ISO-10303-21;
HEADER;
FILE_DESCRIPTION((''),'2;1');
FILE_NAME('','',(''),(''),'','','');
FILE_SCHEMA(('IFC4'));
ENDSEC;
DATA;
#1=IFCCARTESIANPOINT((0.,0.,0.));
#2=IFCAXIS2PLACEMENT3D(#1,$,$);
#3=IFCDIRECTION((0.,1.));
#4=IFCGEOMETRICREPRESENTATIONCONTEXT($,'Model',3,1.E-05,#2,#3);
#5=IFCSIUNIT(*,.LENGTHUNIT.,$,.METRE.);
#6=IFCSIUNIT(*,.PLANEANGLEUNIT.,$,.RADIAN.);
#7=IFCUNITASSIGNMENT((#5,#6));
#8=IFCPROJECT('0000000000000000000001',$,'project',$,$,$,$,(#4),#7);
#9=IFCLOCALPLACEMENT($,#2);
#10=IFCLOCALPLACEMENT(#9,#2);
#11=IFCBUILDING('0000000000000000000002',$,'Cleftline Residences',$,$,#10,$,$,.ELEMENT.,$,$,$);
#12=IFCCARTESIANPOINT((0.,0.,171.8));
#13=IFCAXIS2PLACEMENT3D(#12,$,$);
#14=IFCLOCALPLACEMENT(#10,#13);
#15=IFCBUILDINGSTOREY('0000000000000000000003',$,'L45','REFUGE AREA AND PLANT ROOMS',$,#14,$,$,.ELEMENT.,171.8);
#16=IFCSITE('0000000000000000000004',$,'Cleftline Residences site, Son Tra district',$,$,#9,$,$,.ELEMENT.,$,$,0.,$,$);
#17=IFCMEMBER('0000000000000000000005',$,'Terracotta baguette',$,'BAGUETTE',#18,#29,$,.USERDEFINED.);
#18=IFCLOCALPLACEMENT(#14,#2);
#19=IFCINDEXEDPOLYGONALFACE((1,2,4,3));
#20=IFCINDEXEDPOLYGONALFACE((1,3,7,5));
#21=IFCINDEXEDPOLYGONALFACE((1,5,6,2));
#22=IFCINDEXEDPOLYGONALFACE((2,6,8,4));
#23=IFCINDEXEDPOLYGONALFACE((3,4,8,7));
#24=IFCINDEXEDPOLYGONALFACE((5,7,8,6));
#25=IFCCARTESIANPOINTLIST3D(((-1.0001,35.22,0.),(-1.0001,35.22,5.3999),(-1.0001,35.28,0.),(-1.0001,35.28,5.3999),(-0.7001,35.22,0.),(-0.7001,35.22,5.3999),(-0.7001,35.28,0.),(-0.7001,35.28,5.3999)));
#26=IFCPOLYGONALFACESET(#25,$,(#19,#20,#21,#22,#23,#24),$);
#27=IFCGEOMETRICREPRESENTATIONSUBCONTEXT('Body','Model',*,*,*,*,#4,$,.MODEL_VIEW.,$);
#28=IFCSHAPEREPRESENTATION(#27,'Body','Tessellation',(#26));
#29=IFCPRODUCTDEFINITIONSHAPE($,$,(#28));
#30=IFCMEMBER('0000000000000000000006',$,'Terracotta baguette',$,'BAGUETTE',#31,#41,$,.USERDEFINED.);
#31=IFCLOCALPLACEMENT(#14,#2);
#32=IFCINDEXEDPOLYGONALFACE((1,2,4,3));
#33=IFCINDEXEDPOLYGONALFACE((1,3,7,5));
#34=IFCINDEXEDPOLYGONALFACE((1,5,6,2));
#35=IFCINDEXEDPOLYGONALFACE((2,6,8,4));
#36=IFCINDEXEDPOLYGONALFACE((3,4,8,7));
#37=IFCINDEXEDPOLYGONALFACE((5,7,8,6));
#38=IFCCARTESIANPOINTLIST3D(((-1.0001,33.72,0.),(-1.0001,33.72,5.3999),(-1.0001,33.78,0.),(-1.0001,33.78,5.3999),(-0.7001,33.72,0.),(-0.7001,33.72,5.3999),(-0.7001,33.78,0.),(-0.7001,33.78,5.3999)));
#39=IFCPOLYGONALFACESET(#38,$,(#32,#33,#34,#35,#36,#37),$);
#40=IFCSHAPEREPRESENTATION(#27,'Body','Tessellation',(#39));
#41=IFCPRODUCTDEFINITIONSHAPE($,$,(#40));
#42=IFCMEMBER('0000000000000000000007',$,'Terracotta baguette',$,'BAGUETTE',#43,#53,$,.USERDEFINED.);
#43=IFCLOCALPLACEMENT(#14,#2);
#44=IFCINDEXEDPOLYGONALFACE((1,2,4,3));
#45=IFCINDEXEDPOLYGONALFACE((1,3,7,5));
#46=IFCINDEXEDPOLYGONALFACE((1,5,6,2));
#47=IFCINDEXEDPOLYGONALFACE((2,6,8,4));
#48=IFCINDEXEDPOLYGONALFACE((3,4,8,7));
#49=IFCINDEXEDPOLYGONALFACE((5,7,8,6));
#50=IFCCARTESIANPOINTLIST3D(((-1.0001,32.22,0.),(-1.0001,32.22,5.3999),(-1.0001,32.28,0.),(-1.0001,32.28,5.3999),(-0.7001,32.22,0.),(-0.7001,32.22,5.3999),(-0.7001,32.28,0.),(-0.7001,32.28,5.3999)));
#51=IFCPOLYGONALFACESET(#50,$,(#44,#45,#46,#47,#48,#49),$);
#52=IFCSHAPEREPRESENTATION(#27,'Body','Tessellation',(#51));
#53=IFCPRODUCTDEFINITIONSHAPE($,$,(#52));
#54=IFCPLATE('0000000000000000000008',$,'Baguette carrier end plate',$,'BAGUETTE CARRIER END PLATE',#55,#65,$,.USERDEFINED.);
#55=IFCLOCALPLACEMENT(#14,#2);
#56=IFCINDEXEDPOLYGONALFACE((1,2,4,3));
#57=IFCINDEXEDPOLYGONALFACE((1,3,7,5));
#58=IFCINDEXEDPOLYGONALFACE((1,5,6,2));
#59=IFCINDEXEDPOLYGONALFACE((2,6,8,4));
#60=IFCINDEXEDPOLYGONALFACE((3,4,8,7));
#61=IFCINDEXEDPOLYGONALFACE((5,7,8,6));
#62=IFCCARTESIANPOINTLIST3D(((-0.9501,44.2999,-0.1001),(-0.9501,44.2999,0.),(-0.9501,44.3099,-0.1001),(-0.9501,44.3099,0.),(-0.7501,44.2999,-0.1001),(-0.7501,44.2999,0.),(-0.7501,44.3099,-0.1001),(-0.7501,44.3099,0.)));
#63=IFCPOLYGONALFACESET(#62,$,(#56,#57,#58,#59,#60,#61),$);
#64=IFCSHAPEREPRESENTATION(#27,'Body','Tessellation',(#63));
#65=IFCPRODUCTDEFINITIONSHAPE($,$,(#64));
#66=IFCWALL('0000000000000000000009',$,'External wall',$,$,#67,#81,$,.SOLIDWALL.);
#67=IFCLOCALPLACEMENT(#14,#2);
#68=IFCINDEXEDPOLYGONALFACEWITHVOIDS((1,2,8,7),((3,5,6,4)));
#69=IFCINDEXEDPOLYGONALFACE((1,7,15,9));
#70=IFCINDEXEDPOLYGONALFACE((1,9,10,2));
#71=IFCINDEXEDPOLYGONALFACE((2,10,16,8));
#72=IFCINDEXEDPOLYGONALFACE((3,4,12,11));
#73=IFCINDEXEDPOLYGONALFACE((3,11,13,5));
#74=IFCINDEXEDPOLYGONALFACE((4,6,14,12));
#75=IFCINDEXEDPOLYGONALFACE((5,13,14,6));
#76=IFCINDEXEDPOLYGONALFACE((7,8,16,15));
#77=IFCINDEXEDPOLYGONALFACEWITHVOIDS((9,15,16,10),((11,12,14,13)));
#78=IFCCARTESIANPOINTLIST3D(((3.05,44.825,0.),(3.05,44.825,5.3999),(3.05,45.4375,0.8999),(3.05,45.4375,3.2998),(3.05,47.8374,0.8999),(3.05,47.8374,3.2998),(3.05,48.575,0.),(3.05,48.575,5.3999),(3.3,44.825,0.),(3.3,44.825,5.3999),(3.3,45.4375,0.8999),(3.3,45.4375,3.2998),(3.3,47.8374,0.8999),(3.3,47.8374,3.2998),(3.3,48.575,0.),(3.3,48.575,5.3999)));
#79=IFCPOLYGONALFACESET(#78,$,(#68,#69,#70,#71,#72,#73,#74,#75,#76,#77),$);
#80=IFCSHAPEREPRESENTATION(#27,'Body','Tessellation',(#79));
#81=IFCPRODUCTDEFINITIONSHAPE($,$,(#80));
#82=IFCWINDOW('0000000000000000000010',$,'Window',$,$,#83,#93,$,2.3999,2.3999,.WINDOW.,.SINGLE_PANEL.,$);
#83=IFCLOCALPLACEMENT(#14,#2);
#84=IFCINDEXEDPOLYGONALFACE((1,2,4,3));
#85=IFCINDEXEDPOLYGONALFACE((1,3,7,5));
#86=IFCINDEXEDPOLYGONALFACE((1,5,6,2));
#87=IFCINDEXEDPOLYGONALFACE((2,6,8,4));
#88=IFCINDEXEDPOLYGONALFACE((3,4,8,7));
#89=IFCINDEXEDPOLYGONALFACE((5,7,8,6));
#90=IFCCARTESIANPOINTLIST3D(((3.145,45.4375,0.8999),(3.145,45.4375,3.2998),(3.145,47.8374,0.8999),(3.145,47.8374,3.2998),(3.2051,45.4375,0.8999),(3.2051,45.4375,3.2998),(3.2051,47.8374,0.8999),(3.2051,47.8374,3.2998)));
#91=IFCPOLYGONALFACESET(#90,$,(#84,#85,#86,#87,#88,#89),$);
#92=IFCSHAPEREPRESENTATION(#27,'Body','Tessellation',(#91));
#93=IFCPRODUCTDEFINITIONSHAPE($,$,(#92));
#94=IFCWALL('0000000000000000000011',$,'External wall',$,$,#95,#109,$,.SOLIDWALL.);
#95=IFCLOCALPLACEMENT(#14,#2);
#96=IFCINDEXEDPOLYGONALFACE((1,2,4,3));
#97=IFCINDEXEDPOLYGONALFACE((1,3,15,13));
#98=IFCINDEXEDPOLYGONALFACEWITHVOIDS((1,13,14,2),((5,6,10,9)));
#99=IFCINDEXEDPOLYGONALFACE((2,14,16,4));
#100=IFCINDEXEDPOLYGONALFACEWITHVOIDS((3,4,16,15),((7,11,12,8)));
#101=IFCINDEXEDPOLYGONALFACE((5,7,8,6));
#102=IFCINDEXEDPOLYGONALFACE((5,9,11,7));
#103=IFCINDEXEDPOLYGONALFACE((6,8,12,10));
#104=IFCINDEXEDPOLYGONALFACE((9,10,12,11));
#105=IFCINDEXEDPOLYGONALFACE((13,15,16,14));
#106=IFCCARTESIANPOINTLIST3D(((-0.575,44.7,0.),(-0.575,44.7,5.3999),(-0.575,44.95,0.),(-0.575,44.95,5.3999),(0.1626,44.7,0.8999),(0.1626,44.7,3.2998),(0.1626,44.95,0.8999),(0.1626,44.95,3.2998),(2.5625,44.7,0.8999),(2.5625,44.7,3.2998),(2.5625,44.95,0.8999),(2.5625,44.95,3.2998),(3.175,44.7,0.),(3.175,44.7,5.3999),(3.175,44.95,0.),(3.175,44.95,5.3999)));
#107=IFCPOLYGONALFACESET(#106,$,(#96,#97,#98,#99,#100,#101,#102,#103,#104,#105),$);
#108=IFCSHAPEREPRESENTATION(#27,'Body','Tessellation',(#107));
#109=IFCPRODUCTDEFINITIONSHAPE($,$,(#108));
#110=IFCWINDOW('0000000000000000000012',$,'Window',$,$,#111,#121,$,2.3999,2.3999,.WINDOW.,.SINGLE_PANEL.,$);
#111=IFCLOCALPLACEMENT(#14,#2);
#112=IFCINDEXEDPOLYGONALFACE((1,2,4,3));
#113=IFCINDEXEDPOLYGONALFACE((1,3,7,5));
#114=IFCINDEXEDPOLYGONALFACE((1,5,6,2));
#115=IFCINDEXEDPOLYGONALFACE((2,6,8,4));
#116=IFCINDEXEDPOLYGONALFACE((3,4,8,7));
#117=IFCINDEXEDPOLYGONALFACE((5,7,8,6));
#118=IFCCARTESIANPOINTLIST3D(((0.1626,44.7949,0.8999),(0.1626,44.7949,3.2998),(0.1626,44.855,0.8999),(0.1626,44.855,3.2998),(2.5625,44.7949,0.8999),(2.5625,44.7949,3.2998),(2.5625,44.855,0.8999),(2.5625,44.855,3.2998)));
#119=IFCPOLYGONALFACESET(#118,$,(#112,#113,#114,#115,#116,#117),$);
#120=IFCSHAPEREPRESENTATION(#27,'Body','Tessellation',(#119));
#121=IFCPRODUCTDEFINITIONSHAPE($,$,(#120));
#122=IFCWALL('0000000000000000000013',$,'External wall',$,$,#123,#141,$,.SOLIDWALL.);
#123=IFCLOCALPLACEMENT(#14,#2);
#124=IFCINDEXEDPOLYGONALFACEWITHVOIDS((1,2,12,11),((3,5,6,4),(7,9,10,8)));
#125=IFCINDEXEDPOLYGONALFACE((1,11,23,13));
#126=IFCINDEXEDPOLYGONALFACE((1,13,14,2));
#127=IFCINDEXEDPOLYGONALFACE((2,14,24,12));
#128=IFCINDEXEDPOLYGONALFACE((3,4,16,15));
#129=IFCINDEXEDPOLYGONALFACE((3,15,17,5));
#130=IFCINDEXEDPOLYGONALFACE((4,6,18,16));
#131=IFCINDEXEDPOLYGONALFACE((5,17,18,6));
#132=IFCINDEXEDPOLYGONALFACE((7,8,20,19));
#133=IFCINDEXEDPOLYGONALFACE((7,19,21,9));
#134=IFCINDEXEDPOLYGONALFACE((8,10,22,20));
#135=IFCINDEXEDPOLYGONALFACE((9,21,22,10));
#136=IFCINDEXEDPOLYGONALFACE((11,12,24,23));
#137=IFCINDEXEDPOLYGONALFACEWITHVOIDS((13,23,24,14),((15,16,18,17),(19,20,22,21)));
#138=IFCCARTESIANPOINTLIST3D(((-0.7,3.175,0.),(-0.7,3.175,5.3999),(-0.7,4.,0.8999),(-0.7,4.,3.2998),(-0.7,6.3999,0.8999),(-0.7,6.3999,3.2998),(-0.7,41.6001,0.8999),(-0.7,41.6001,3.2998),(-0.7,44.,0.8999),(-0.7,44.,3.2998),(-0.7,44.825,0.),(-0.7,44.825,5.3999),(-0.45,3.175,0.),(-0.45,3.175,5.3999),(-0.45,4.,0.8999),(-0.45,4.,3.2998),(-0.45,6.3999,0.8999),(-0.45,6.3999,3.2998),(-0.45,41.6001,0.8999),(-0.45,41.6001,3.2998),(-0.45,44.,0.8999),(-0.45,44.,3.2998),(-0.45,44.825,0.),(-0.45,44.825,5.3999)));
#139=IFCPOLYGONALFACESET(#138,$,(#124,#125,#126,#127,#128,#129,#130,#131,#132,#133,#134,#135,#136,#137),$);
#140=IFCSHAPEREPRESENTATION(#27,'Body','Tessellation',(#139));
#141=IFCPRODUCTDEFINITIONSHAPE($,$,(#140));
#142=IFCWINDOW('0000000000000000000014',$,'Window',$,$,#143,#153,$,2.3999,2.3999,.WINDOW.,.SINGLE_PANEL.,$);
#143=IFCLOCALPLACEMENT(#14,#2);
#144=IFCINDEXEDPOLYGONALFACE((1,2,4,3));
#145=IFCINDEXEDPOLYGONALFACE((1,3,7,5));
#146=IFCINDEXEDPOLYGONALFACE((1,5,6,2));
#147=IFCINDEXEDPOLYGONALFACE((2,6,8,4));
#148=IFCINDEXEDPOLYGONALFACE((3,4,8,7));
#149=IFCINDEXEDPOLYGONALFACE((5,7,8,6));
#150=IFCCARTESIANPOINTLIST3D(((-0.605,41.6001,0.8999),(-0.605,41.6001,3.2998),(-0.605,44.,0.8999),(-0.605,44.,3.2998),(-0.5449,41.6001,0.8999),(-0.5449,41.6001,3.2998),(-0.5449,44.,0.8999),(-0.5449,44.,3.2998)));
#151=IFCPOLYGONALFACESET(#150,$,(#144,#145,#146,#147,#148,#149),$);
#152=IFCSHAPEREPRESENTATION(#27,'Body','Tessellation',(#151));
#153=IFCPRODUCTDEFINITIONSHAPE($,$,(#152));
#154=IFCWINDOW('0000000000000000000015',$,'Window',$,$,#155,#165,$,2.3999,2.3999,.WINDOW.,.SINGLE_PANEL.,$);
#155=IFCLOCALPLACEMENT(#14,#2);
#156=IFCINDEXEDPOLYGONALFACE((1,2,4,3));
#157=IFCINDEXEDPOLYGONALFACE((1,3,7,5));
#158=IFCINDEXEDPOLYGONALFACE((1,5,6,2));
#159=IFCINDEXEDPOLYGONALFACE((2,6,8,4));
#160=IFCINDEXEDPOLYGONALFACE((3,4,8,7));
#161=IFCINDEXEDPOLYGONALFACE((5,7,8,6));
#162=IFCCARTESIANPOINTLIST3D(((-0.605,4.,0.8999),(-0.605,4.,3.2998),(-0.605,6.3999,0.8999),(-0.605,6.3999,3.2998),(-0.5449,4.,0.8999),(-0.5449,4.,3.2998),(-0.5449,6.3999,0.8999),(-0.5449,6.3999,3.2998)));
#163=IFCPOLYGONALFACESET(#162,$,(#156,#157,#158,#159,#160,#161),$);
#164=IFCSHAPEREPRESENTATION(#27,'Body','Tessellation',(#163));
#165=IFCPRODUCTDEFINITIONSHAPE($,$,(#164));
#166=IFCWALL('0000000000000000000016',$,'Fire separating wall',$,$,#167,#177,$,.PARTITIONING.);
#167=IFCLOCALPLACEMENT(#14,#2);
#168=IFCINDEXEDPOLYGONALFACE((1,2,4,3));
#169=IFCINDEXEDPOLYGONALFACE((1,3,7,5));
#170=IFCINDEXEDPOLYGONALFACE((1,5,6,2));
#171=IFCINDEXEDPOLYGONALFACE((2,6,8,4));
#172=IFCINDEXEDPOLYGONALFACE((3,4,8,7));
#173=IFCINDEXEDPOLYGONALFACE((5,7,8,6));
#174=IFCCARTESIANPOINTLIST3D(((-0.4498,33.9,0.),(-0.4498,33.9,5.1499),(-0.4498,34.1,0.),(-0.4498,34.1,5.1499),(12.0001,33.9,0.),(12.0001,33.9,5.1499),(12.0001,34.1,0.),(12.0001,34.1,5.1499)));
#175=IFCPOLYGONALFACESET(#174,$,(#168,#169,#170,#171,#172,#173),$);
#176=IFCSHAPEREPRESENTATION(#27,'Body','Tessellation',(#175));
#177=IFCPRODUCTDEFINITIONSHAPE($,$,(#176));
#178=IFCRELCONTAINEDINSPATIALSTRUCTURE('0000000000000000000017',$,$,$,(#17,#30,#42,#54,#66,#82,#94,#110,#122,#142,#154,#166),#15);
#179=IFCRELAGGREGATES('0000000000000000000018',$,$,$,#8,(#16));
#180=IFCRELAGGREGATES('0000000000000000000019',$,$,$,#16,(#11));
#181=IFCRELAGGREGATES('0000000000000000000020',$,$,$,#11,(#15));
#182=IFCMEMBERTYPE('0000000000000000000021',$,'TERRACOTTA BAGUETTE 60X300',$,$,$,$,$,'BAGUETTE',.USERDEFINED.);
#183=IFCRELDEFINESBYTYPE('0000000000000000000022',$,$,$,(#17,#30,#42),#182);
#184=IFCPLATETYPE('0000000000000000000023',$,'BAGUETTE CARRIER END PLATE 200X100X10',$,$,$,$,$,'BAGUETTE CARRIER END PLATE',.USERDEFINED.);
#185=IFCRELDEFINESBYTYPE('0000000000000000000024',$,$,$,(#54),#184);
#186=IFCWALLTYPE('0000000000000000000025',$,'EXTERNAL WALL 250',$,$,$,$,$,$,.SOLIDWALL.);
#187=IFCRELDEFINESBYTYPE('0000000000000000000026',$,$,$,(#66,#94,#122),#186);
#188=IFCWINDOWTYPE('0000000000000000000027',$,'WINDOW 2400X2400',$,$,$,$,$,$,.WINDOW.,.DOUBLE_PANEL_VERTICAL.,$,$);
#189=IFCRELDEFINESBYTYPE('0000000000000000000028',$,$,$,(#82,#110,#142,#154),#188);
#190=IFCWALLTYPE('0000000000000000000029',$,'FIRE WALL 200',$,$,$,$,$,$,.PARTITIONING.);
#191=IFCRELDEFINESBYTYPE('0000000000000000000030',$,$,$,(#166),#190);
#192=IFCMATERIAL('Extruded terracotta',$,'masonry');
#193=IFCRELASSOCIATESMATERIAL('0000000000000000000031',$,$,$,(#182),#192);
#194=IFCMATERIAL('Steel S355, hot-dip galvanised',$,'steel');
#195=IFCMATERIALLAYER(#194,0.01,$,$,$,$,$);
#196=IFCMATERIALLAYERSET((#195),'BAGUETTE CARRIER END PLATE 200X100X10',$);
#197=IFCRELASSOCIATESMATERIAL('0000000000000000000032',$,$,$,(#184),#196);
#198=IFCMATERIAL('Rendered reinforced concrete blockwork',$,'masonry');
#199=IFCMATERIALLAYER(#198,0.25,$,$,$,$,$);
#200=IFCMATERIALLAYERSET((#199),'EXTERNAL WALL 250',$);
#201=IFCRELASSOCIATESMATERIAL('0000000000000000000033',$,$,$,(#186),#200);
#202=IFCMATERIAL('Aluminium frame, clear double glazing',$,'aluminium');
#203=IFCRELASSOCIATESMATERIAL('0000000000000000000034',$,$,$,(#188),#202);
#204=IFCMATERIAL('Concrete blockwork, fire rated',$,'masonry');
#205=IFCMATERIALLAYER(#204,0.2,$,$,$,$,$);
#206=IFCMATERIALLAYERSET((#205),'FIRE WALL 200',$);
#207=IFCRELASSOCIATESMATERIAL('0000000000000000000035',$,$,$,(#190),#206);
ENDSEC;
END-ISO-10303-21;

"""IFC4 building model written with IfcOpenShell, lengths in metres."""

from ifc_helpers import new_model, si_unit, direction, frame, frame_2d, origin, origin_2d, place, context, subcontext, project, spatial, rectangle, extrude, material, layer, layer_set, material_profile, profile_set, type_object, element, fill, save


model = new_model("IFC4")

# Units and contexts
model_context = context("Model", 3, precision=1e-05, world=origin(), true_north=direction((0.0, 1.0)))
body_context = subcontext(model_context, "Body", "Model", "MODEL_VIEW")
ifc_project = project(units=[si_unit("LENGTHUNIT", "METRE"), si_unit("PLANEANGLEUNIT", "RADIAN")], contexts=[model_context])

# Site, building, storey
site_placement = place(None, origin())
site = spatial("IfcSite", under=ifc_project, at=site_placement, Name="Cleftline Residences site, Son Tra district", CompositionType="ELEMENT", RefElevation=0.0)
building_placement = place(site_placement, origin())
building = spatial("IfcBuilding", under=site, at=building_placement, Name="Cleftline Residences", CompositionType="ELEMENT")
storey_placement = place(building_placement, frame((0.0, 0.0, 171.8)))
storey = spatial("IfcBuildingStorey", under=building, at=storey_placement, Name="L45", Description="REFUGE AREA AND PLANT ROOMS", CompositionType="ELEMENT", Elevation=171.8)

# Members
ifc_material_1 = material(Name="Extruded terracotta", Category="masonry")
ifc_material_profile_1 = material_profile(ifc_material_1, rectangle(XDim=0.0601, YDim=0.3, at=origin_2d()))
ifc_profile_set_1 = profile_set([ifc_material_profile_1], Name="Extruded terracotta")
member_type_1 = type_object("IfcMemberType", Name="TERRACOTTA BAGUETTE 60X300", ElementType="BAGUETTE", PredefinedType="USERDEFINED", material=ifc_profile_set_1)
for number, where, z_axis, x_axis, name in (
    (1, (-0.8501, 35.25, 0.0), (0.0, 0.0, 1.0), (0.0, 1.0, 0.0), "Terracotta baguette"),
    (2, (-0.8501, 33.75, 0.0), (0.0, 0.0, 1.0), (0.0, 1.0, 0.0), "Terracotta baguette"),
    (3, (-0.8501, 32.25, 0.0), (0.0, 0.0, 1.0), (0.0, 1.0, 0.0), "Terracotta baguette"),
):
    element("IfcMember", number, at=place(storey_placement, frame(where, z_axis=z_axis, x_axis=x_axis)), inside=storey, type_object=member_type_1, Name=name, ObjectType="BAGUETTE", PredefinedType="USERDEFINED", context=body_context, shape_type="SweptSolid", body=[
        extrude(rectangle(XDim=0.0601, YDim=0.3, at=origin_2d()), origin(), (0.0, 0.0, 1.0), 5.3999),
    ])

# Plate
ifc_material_2 = material(Name="Steel S355, hot-dip galvanised", Category="steel")
ifc_layer_1 = layer(ifc_material_2, 0.01)
ifc_layer_set_1 = layer_set([ifc_layer_1], Name="BAGUETTE CARRIER END PLATE 200X100X10")
plate_type = type_object("IfcPlateType", Name="BAGUETTE CARRIER END PLATE 200X100X10", ElementType="BAGUETTE CARRIER END PLATE", PredefinedType="USERDEFINED", material=ifc_layer_set_1)
plate_placement = place(storey_placement, frame((-0.8501, 44.3049, -0.1001), z_axis=(0.0, 0.0, 1.0), x_axis=(-1.0, 0.0, 0.0)))
element("IfcPlate", 4, at=plate_placement, inside=storey, type_object=plate_type, Name="Baguette carrier end plate", ObjectType="BAGUETTE CARRIER END PLATE", PredefinedType="USERDEFINED", context=body_context, shape_type="SweptSolid", body=[
    extrude(rectangle(XDim=0.2, YDim=0.01, at=origin_2d()), origin(), (0.0, 0.0, 1.0), 0.1001),
])

# Walls, openings, windows
ifc_material_3 = material(Name="Rendered reinforced concrete blockwork", Category="masonry")
ifc_layer_2 = layer(ifc_material_3, 0.25)
ifc_layer_set_2 = layer_set([ifc_layer_2], Name="EXTERNAL WALL 250")
wall_type_1 = type_object("IfcWallType", Name="EXTERNAL WALL 250", PredefinedType="SOLIDWALL", material=ifc_layer_set_2)
wall_1_placement = place(storey_placement, frame((3.175, 48.575, 0.0), z_axis=(0.0, 0.0, 1.0), x_axis=(0.0, -1.0, 0.0)))
wall_1 = element("IfcWall", 5, at=wall_1_placement, inside=storey, type_object=wall_type_1, Name="External wall", PredefinedType="SOLIDWALL", context=body_context, shape_type="SweptSolid", body=[
    extrude(rectangle(XDim=3.75, YDim=0.25, at=frame_2d((1.875, 0.0))), origin(), (0.0, 0.0, 1.0), 5.3999),
])
opening_1_placement = place(wall_1_placement, frame((0.7375, 0.0, 0.8999)))
opening_1 = element("IfcOpeningElement", 6, at=opening_1_placement, cuts=wall_1, PredefinedType="OPENING", context=body_context, shape_type="SweptSolid", body=[
    extrude(rectangle(XDim=2.3999, YDim=2.3999, at=frame_2d((1.2, 1.2))), frame((0.0, 0.135, 0.0), z_axis=(0.0, -1.0, 0.0), x_axis=(1.0, 0.0, 0.0)), (0.0, 0.0, 1.0), 0.27),
])
ifc_material_4 = material(Name="Aluminium frame, clear double glazing", Category="aluminium")
window_type = type_object("IfcWindowType", Name="WINDOW 2400X2400", PartitioningType="DOUBLE_PANEL_VERTICAL", PredefinedType="WINDOW", material=ifc_material_4)
window_1_placement = place(opening_1_placement, origin())
window_1 = element("IfcWindow", 7, at=window_1_placement, inside=storey, type_object=window_type, Name="Window", OverallHeight=2.3999, OverallWidth=2.3999, PartitioningType="SINGLE_PANEL", PredefinedType="WINDOW", context=body_context, shape_type="SweptSolid", body=[
    extrude(rectangle(XDim=2.3999, YDim=2.3999, at=frame_2d((1.2, 1.2))), frame((0.0, 0.03, 0.0), z_axis=(0.0, -1.0, 0.0), x_axis=(1.0, 0.0, 0.0)), (0.0, 0.0, 1.0), 0.0601),
])
fill(opening_1, window_1)
wall_2_placement = place(storey_placement, frame((3.175, 44.825, 0.0), z_axis=(0.0, 0.0, 1.0), x_axis=(-1.0, 0.0, 0.0)))
wall_2 = element("IfcWall", 8, at=wall_2_placement, inside=storey, type_object=wall_type_1, Name="External wall", PredefinedType="SOLIDWALL", context=body_context, shape_type="SweptSolid", body=[
    extrude(rectangle(XDim=3.75, YDim=0.25, at=frame_2d((1.875, 0.0))), origin(), (0.0, 0.0, 1.0), 5.3999),
])
opening_2_placement = place(wall_2_placement, frame((0.6125, 0.0, 0.8999)))
opening_2 = element("IfcOpeningElement", 9, at=opening_2_placement, cuts=wall_2, PredefinedType="OPENING", context=body_context, shape_type="SweptSolid", body=[
    extrude(rectangle(XDim=2.3999, YDim=2.3999, at=frame_2d((1.2, 1.2))), frame((0.0, 0.135, 0.0), z_axis=(0.0, -1.0, 0.0), x_axis=(1.0, 0.0, 0.0)), (0.0, 0.0, 1.0), 0.27),
])
window_2_placement = place(opening_2_placement, origin())
window_2 = element("IfcWindow", 10, at=window_2_placement, inside=storey, type_object=window_type, Name="Window", OverallHeight=2.3999, OverallWidth=2.3999, PartitioningType="SINGLE_PANEL", PredefinedType="WINDOW", context=body_context, shape_type="SweptSolid", body=[
    extrude(rectangle(XDim=2.3999, YDim=2.3999, at=frame_2d((1.2, 1.2))), frame((0.0, 0.03, 0.0), z_axis=(0.0, -1.0, 0.0), x_axis=(1.0, 0.0, 0.0)), (0.0, 0.0, 1.0), 0.0601),
])
fill(opening_2, window_2)

# Wall, openings, windows
wall_3_placement = place(storey_placement, frame((-0.575, 44.825, 0.0), z_axis=(0.0, 0.0, 1.0), x_axis=(0.0, -1.0, 0.0)))
wall_3 = element("IfcWall", 11, at=wall_3_placement, inside=storey, type_object=wall_type_1, Name="External wall", PredefinedType="SOLIDWALL", context=body_context, shape_type="SweptSolid", body=[
    extrude(rectangle(XDim=41.6499, YDim=0.25, at=frame_2d((20.825, 0.0))), origin(), (0.0, 0.0, 1.0), 5.3999),
])
opening_3_placement = place(wall_3_placement, frame((0.825, 0.0, 0.8999)))
opening_3 = element("IfcOpeningElement", 12, at=opening_3_placement, cuts=wall_3, PredefinedType="OPENING", context=body_context, shape_type="SweptSolid", body=[
    extrude(rectangle(XDim=2.3999, YDim=2.3999, at=frame_2d((1.2, 1.2))), frame((0.0, 0.135, 0.0), z_axis=(0.0, -1.0, 0.0), x_axis=(1.0, 0.0, 0.0)), (0.0, 0.0, 1.0), 0.27),
])
opening_4_placement = place(wall_3_placement, frame((38.425, 0.0, 0.8999)))
opening_4 = element("IfcOpeningElement", 13, at=opening_4_placement, cuts=wall_3, PredefinedType="OPENING", context=body_context, shape_type="SweptSolid", body=[
    extrude(rectangle(XDim=2.3999, YDim=2.3999, at=frame_2d((1.2, 1.2))), frame((0.0, 0.135, 0.0), z_axis=(0.0, -1.0, 0.0), x_axis=(1.0, 0.0, 0.0)), (0.0, 0.0, 1.0), 0.27),
])
window_3_placement = place(opening_3_placement, origin())
window_3 = element("IfcWindow", 14, at=window_3_placement, inside=storey, type_object=window_type, Name="Window", OverallHeight=2.3999, OverallWidth=2.3999, PartitioningType="SINGLE_PANEL", PredefinedType="WINDOW", context=body_context, shape_type="SweptSolid", body=[
    extrude(rectangle(XDim=2.3999, YDim=2.3999, at=frame_2d((1.2, 1.2))), frame((0.0, 0.03, 0.0), z_axis=(0.0, -1.0, 0.0), x_axis=(1.0, 0.0, 0.0)), (0.0, 0.0, 1.0), 0.0601),
])
fill(opening_3, window_3)
window_4_placement = place(opening_4_placement, origin())
window_4 = element("IfcWindow", 15, at=window_4_placement, inside=storey, type_object=window_type, Name="Window", OverallHeight=2.3999, OverallWidth=2.3999, PartitioningType="SINGLE_PANEL", PredefinedType="WINDOW", context=body_context, shape_type="SweptSolid", body=[
    extrude(rectangle(XDim=2.3999, YDim=2.3999, at=frame_2d((1.2, 1.2))), frame((0.0, 0.03, 0.0), z_axis=(0.0, -1.0, 0.0), x_axis=(1.0, 0.0, 0.0)), (0.0, 0.0, 1.0), 0.0601),
])
fill(opening_4, window_4)

# Wall
ifc_material_5 = material(Name="Concrete blockwork, fire rated", Category="masonry")
ifc_layer_3 = layer(ifc_material_5, 0.2)
ifc_layer_set_3 = layer_set([ifc_layer_3], Name="FIRE WALL 200")
wall_type_2 = type_object("IfcWallType", Name="FIRE WALL 200", PredefinedType="PARTITIONING", material=ifc_layer_set_3)
wall_4_placement = place(storey_placement, frame((-0.45, 34.0, 0.0), z_axis=(0.0, 0.0, 1.0), x_axis=(1.0, 0.0, 0.0)))
element("IfcWall", 16, at=wall_4_placement, inside=storey, type_object=wall_type_2, Name="Fire separating wall", PredefinedType="PARTITIONING", context=body_context, shape_type="SweptSolid", body=[
    extrude(rectangle(XDim=12.45, YDim=0.2, at=frame_2d((6.2251, 0.0))), origin(), (0.0, 0.0, 1.0), 5.1499),
])

save(model, "model.ifc")
